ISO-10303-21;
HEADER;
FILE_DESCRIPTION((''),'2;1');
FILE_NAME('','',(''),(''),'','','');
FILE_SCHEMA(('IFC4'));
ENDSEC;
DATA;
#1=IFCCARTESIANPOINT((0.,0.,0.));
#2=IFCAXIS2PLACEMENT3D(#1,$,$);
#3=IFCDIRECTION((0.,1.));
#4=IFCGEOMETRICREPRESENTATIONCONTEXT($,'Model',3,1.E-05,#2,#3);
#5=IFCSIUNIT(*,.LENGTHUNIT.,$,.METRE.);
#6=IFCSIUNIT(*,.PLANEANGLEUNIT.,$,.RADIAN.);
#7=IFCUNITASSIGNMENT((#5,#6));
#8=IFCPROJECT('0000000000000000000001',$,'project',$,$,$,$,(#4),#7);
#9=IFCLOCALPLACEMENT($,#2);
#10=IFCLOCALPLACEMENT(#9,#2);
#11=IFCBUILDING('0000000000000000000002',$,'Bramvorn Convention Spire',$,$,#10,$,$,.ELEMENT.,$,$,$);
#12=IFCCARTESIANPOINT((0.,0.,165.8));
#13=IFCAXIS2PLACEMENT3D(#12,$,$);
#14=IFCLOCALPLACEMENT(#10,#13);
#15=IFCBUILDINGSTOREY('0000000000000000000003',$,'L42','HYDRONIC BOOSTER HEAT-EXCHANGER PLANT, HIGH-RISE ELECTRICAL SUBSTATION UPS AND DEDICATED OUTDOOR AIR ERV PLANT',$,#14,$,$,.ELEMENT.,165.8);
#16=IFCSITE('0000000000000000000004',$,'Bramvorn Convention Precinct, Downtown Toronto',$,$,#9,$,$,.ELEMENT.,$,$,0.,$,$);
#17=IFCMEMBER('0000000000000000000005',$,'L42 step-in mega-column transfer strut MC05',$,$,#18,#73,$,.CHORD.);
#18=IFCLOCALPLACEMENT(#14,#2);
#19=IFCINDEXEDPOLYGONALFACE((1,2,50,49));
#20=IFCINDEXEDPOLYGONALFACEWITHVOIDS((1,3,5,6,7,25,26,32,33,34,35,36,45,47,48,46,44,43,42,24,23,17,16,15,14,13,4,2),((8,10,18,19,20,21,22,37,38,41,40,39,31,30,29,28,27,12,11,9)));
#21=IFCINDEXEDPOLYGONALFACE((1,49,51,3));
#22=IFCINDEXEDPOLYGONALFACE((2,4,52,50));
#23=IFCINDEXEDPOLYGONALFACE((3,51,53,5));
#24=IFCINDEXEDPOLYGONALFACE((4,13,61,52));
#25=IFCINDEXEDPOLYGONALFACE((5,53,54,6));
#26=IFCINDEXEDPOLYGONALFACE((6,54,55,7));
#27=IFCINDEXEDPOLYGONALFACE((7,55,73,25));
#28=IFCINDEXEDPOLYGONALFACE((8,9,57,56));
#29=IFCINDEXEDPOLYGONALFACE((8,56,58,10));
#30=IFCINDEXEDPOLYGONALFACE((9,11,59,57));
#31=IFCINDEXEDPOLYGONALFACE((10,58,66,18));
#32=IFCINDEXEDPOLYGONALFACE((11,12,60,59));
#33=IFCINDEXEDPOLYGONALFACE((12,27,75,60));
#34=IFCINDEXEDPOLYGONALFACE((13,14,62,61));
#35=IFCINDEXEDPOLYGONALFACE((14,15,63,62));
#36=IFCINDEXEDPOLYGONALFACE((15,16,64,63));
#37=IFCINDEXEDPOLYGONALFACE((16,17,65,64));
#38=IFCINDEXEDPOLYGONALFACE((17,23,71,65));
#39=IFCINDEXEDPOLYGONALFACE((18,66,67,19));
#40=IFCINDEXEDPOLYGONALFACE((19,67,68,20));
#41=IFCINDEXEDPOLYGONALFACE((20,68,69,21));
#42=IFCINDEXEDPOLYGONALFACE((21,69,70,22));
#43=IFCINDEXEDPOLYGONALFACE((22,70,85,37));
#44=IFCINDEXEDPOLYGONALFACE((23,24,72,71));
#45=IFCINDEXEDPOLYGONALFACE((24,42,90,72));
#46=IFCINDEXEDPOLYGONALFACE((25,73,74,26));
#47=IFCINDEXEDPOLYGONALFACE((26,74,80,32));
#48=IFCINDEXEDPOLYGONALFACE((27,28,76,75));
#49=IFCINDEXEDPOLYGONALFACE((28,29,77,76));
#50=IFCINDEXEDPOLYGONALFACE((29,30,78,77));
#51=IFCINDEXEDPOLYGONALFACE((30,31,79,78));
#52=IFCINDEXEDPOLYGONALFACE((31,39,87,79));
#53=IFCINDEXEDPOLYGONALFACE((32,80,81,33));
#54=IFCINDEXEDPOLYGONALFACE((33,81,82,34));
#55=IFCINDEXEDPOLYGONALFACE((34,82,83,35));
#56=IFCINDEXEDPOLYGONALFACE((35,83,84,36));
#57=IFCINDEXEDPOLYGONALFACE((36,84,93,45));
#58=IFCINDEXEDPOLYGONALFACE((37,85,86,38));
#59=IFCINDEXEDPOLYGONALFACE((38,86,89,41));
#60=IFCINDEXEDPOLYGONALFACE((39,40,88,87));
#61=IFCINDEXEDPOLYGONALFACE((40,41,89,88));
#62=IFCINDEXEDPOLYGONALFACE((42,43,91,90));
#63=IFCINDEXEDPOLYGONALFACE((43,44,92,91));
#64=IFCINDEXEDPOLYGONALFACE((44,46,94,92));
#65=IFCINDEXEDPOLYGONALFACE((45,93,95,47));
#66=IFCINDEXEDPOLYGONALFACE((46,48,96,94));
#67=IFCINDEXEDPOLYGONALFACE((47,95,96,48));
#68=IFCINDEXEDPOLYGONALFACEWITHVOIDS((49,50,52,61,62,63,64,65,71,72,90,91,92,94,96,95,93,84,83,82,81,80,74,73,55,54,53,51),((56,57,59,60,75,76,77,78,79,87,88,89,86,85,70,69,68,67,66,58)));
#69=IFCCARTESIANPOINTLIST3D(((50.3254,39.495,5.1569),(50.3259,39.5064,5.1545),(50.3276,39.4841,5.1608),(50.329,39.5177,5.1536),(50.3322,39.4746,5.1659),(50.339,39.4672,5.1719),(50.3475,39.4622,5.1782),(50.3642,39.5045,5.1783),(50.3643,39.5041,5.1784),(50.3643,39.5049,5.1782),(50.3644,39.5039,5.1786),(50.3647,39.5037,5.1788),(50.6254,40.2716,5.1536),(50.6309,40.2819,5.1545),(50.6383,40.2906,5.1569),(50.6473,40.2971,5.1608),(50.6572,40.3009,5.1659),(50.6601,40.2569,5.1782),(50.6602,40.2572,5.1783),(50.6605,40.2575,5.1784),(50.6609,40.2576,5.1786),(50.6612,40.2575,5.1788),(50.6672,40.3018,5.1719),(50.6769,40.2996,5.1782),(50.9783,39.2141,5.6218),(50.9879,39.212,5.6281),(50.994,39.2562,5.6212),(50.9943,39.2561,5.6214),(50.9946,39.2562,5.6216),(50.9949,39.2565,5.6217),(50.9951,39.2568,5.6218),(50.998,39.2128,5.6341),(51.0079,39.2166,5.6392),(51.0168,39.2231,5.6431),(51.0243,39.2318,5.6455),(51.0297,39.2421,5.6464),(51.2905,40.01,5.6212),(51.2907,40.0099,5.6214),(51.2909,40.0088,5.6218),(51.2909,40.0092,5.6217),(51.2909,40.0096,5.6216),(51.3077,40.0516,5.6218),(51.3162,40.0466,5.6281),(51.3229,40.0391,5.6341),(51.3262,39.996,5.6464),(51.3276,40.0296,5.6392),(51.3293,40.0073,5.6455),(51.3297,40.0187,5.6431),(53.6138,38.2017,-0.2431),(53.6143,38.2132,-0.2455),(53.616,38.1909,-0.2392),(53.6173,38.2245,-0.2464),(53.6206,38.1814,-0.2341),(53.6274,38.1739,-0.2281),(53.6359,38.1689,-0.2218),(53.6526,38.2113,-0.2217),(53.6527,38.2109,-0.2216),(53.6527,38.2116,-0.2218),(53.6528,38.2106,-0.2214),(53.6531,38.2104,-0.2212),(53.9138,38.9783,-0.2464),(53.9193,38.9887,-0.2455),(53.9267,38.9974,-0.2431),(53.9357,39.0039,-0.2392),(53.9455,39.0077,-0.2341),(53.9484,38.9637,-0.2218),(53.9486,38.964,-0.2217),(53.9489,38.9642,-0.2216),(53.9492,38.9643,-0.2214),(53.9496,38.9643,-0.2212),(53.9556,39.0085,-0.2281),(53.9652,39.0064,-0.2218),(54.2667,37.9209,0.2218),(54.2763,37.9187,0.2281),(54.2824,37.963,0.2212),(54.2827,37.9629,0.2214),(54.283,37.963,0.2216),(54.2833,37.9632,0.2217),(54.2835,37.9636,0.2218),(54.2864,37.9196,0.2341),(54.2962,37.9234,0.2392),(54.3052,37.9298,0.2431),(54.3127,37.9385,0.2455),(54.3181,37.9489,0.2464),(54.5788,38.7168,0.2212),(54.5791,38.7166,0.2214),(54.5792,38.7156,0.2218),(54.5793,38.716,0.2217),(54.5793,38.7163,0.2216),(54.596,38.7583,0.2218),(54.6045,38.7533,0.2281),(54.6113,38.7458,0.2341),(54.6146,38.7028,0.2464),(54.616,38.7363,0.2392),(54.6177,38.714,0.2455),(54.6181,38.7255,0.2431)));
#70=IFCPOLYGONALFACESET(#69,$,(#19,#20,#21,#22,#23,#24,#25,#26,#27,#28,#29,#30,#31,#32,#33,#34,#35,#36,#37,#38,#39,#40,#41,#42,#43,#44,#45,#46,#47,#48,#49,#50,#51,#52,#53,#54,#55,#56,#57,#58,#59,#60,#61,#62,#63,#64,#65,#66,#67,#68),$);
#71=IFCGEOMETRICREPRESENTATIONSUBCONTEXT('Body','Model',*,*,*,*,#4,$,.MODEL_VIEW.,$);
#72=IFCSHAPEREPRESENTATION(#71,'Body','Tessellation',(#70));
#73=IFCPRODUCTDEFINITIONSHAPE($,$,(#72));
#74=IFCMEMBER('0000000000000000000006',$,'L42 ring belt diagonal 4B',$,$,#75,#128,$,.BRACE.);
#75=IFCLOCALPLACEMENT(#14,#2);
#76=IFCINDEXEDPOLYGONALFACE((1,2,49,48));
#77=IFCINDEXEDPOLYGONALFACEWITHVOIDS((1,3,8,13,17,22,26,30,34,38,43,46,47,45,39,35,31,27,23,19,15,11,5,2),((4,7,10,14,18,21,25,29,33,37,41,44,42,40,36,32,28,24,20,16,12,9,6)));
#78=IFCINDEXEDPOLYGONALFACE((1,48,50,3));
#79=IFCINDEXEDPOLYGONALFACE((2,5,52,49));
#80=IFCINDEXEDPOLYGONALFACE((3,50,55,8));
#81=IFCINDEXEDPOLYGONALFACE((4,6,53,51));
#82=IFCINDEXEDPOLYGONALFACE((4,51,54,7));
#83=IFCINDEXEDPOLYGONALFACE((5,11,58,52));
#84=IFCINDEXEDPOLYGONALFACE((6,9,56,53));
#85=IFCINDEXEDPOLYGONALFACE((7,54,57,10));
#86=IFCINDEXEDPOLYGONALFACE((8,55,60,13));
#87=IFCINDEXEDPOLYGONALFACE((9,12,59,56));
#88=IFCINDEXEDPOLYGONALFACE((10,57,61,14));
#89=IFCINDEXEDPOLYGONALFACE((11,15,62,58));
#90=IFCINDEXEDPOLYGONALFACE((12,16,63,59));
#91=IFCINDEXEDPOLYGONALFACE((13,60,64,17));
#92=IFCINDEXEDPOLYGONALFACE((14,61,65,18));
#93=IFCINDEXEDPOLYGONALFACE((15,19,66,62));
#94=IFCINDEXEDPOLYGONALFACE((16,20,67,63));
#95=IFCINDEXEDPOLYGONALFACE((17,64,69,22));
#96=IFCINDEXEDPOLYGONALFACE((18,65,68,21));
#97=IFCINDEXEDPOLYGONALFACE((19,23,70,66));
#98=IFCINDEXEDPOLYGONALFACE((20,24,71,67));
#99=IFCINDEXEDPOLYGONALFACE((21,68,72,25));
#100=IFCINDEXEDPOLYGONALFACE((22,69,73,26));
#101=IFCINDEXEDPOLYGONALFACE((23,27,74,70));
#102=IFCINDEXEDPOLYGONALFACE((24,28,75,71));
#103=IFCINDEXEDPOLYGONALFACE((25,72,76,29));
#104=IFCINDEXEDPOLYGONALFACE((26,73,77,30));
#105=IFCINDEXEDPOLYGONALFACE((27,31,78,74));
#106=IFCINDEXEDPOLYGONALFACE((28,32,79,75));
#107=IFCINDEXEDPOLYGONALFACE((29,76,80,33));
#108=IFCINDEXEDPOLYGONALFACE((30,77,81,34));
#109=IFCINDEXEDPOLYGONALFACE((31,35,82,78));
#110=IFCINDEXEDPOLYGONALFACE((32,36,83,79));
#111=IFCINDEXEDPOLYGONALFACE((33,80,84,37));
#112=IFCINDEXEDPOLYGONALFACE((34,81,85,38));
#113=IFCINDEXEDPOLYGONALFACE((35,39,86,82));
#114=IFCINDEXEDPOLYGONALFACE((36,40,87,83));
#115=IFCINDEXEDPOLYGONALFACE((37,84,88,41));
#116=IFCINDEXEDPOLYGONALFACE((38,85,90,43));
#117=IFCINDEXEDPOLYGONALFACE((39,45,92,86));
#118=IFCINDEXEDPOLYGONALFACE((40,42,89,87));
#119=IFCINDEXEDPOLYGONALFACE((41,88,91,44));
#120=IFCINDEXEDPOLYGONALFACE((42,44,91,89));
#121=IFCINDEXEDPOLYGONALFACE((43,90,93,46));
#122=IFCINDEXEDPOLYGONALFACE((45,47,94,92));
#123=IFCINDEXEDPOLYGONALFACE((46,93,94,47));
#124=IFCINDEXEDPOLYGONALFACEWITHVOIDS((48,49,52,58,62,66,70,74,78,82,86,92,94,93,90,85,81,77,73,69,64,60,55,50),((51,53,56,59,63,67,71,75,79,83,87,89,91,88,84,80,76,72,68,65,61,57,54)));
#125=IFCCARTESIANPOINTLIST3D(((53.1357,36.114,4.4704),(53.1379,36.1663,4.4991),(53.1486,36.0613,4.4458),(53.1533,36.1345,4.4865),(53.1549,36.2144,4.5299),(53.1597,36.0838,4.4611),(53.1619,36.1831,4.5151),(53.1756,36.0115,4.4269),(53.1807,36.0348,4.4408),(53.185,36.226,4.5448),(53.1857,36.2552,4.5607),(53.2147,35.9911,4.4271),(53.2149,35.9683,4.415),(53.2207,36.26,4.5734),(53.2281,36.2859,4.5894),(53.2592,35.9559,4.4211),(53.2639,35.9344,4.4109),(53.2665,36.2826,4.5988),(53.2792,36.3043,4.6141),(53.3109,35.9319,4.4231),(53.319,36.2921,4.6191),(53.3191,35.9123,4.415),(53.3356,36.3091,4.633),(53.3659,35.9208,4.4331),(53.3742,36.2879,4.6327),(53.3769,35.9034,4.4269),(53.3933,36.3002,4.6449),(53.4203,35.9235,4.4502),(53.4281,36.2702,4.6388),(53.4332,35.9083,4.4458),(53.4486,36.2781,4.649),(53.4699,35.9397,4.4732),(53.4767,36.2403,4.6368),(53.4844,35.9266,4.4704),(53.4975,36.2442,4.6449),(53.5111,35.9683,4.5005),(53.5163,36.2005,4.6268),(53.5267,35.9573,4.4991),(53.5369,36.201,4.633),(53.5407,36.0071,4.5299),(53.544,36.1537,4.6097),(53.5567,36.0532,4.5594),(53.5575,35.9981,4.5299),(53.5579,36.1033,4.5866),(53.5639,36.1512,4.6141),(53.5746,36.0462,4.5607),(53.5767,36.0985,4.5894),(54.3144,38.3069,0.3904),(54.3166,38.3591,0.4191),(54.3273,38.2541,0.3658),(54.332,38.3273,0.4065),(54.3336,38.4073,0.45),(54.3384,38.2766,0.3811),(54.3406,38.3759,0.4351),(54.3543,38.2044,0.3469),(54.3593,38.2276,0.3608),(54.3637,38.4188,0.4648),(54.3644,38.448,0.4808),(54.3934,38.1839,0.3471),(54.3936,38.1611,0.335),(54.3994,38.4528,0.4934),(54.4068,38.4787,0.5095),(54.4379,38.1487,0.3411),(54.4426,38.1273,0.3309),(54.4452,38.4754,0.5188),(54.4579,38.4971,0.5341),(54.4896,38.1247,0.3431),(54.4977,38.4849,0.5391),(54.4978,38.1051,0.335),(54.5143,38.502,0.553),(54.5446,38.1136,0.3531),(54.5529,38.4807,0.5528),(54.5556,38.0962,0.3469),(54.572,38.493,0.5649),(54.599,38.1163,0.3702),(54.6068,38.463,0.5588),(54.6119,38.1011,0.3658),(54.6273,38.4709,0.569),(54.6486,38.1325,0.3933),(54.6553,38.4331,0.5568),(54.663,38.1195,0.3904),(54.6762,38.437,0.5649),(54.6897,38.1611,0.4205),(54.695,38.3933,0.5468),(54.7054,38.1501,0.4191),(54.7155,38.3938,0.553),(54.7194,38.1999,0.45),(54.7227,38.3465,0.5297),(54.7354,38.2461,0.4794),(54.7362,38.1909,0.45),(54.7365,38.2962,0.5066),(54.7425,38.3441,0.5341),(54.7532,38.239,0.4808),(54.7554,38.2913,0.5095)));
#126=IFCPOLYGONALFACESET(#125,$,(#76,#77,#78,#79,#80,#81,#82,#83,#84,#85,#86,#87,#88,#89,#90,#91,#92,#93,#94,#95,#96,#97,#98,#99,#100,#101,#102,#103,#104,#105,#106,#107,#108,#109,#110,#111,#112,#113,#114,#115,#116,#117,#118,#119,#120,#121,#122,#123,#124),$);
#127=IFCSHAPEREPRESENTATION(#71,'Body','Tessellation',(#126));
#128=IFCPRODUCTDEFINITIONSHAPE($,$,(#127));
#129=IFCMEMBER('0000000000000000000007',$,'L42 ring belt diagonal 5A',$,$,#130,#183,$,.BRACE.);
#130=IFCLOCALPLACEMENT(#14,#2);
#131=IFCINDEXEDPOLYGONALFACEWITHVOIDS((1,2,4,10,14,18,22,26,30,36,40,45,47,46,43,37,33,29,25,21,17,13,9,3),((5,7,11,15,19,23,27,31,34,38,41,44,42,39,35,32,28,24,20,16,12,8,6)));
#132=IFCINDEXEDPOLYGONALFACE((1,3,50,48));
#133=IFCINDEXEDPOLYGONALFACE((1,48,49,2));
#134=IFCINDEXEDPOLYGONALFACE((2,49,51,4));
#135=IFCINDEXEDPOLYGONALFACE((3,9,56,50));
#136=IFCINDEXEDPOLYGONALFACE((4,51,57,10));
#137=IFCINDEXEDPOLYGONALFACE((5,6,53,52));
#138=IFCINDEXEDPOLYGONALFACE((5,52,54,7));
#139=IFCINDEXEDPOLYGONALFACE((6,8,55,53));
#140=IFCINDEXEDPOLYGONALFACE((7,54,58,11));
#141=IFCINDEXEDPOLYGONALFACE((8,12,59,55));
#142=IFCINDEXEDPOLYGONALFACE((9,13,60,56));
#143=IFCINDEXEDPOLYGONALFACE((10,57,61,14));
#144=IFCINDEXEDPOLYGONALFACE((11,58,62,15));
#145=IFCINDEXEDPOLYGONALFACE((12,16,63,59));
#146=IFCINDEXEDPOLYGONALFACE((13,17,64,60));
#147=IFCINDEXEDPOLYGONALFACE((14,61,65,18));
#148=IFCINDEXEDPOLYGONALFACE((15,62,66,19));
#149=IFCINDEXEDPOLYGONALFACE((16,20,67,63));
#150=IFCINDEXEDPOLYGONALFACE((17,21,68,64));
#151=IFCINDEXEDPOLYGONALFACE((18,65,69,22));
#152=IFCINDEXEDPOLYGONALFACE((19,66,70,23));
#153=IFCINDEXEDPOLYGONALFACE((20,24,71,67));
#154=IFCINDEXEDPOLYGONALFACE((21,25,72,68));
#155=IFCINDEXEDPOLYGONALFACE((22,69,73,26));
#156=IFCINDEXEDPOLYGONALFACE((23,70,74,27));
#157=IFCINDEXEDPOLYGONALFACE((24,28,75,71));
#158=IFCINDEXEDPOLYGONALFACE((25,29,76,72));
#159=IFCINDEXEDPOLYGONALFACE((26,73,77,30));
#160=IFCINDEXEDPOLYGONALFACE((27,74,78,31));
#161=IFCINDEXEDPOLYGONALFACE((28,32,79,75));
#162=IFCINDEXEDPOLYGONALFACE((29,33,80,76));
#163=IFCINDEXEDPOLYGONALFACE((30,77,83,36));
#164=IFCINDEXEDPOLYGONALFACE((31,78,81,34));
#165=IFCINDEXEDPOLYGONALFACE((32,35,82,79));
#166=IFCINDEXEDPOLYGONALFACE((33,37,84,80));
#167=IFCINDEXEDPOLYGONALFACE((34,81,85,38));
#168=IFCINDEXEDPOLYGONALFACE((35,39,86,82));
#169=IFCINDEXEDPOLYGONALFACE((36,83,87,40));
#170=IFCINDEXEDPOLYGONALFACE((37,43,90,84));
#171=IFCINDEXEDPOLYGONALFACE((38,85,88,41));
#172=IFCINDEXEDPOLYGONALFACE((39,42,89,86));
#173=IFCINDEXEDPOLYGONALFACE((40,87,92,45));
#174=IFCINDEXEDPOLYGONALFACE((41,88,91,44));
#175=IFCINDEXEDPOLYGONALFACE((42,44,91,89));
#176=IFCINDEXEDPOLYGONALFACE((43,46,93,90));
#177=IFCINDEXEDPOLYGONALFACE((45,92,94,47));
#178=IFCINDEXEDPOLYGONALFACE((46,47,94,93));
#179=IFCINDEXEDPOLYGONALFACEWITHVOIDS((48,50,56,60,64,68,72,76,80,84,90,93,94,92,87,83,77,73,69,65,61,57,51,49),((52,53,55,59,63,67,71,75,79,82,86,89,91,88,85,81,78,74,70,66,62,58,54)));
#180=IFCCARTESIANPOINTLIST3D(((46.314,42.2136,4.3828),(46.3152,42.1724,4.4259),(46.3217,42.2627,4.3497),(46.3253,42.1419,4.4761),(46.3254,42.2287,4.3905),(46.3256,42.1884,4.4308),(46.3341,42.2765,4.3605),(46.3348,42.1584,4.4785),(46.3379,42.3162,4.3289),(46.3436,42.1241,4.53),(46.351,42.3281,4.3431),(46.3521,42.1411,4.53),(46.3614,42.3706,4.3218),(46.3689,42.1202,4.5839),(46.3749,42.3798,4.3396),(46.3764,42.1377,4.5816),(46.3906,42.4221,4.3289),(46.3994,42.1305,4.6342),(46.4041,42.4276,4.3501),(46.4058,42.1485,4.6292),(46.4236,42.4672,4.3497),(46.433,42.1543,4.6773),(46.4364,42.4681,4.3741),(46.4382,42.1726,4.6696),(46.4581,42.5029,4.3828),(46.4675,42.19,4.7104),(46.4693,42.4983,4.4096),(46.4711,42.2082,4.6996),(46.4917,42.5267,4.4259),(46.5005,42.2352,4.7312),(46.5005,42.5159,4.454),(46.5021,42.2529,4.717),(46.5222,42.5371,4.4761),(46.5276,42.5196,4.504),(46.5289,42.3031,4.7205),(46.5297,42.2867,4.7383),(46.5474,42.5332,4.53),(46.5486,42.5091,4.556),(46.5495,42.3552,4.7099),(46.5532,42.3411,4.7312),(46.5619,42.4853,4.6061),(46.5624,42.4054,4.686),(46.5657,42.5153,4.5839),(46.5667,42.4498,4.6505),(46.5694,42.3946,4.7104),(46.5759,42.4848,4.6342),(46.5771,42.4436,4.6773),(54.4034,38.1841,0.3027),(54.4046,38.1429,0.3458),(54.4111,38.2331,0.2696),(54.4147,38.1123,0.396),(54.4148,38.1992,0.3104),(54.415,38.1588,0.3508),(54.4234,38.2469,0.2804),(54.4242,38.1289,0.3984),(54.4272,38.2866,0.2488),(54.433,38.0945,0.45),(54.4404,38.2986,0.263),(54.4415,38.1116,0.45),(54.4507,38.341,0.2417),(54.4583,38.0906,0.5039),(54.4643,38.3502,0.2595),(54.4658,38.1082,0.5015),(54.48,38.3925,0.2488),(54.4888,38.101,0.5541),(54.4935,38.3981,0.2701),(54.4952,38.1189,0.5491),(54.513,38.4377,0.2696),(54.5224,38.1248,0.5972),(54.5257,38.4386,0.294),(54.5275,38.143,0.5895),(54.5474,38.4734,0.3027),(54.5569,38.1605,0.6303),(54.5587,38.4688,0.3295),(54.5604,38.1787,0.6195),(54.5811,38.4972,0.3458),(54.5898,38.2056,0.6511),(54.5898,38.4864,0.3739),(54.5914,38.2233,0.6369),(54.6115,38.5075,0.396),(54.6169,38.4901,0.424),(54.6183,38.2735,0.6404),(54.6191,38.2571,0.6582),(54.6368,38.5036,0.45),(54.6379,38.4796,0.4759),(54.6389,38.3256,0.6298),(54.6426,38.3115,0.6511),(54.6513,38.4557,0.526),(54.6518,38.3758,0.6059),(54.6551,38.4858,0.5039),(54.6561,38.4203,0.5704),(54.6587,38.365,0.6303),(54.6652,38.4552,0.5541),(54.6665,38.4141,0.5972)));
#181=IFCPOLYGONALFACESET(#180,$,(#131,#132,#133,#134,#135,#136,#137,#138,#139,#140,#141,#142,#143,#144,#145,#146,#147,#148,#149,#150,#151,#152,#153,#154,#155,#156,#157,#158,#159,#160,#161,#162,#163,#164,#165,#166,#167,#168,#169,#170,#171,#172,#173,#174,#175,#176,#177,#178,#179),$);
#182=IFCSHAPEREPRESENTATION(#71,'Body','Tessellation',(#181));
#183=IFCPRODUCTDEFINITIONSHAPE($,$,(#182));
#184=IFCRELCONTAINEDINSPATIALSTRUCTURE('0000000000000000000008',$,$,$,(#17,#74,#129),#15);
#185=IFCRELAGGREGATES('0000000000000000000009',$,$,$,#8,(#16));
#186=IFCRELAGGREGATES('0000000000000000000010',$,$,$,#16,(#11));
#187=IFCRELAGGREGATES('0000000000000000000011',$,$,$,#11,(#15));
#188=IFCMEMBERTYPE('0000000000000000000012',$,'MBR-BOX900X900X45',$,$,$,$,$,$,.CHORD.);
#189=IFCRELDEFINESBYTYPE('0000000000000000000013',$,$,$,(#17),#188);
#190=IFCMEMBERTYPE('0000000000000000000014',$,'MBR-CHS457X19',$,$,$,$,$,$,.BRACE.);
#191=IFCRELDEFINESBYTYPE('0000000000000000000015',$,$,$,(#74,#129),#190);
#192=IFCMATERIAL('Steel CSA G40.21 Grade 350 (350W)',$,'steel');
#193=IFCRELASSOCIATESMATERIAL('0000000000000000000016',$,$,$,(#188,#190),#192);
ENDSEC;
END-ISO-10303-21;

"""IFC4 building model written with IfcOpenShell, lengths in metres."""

from ifc_helpers import new_model, si_unit, direction, frame, origin, origin_2d, place, context, subcontext, project, spatial, hollow_rectangle, hollow_circle, extrude, material, material_profile, profile_set, type_object, element, save


model = new_model("IFC4")

# Units and contexts
model_context = context("Model", 3, precision=1e-05, world=origin(), true_north=direction((0.0, 1.0)))
body_context = subcontext(model_context, "Body", "Model", "MODEL_VIEW")
ifc_project = project(units=[si_unit("LENGTHUNIT", "METRE"), si_unit("PLANEANGLEUNIT", "RADIAN")], contexts=[model_context])

# Site, building, storey
site_placement = place(None, origin())
site = spatial("IfcSite", under=ifc_project, at=site_placement, Name="Bramvorn Convention Precinct, Downtown Toronto", CompositionType="ELEMENT", RefElevation=0.0)
building_placement = place(site_placement, origin())
building = spatial("IfcBuilding", under=site, at=building_placement, Name="Bramvorn Convention Spire", CompositionType="ELEMENT")
storey_placement = place(building_placement, frame((0.0, 0.0, 165.8)))
storey = spatial("IfcBuildingStorey", under=building, at=storey_placement, Name="L42", Description="HYDRONIC BOOSTER HEAT-EXCHANGER PLANT, HIGH-RISE ELECTRICAL SUBSTATION UPS AND DEDICATED OUTDOOR AIR ERV PLANT", CompositionType="ELEMENT", Elevation=165.8)

# Shared definitions
ifc_material_1 = material(Name="Steel CSA G40.21 Grade 350 (350W)", Category="steel")

# Members
ifc_material_profile_1 = material_profile(ifc_material_1, hollow_rectangle(XDim=0.8999, YDim=0.8999, WallThickness=0.0449, InnerFilletRadius=0.001, OuterFilletRadius=0.0449, at=origin_2d()))
ifc_profile_set_1 = profile_set([ifc_material_profile_1], Name="Steel CSA G40.21 Grade 350 (350W) - BOX900X900X45")
member_type_1 = type_object("IfcMemberType", Name="MBR-BOX900X900X45", PredefinedType="CHORD", material=ifc_profile_set_1)
member_1_placement = place(storey_placement, frame((54.116, 38.4636, 0.0), z_axis=(-0.509562, 0.200397, 0.836772), x_axis=(-0.365988, -0.93062, 0.0)))
element("IfcMember", 1, at=member_1_placement, inside=storey, type_object=member_type_1, Name="L42 step-in mega-column transfer strut MC05", PredefinedType="CHORD", context=body_context, shape_type="SweptSolid", body=[
    extrude(hollow_rectangle(XDim=0.8999, YDim=0.8999, WallThickness=0.0449, InnerFilletRadius=0.001, OuterFilletRadius=0.0449, at=origin_2d()), origin(), (0.0, 0.0, 1.0), 6.4534),
])
ifc_material_profile_2 = material_profile(ifc_material_1, hollow_circle(Radius=0.2285, WallThickness=0.019, at=origin_2d()))
ifc_profile_set_2 = profile_set([ifc_material_profile_2], Name="Steel CSA G40.21 Grade 350 (350W) - CHS457X19")
member_type_2 = type_object("IfcMemberType", Name="MBR-CHS457X19", PredefinedType="BRACE", material=ifc_profile_set_2)
member_2_placement = place(storey_placement, frame((54.5349, 38.2991, 0.45), z_axis=(-0.24661, -0.458793, 0.853635), x_axis=(0.880817, -0.473456, 0.0)))
element("IfcMember", 2, at=member_2_placement, inside=storey, type_object=member_type_2, Name="L42 ring belt diagonal 4B", PredefinedType="BRACE", context=body_context, shape_type="SweptSolid", body=[
    extrude(hollow_circle(Radius=0.2285, WallThickness=0.019, at=origin_2d()), origin(), (0.0, 0.0, 1.0), 4.7795),
])
member_3_placement = place(storey_placement, frame((54.5349, 38.2991, 0.45), z_axis=(-0.81581, 0.406378, 0.411475), x_axis=(-0.445873, -0.895096, 0.0)))
element("IfcMember", 3, at=member_3_placement, inside=storey, type_object=member_type_2, Name="L42 ring belt diagonal 5A", PredefinedType="BRACE", context=body_context, shape_type="SweptSolid", body=[
    extrude(hollow_circle(Radius=0.2285, WallThickness=0.019, at=origin_2d()), origin(), (0.0, 0.0, 1.0), 9.9158),
])

save(model, "model.ifc")
